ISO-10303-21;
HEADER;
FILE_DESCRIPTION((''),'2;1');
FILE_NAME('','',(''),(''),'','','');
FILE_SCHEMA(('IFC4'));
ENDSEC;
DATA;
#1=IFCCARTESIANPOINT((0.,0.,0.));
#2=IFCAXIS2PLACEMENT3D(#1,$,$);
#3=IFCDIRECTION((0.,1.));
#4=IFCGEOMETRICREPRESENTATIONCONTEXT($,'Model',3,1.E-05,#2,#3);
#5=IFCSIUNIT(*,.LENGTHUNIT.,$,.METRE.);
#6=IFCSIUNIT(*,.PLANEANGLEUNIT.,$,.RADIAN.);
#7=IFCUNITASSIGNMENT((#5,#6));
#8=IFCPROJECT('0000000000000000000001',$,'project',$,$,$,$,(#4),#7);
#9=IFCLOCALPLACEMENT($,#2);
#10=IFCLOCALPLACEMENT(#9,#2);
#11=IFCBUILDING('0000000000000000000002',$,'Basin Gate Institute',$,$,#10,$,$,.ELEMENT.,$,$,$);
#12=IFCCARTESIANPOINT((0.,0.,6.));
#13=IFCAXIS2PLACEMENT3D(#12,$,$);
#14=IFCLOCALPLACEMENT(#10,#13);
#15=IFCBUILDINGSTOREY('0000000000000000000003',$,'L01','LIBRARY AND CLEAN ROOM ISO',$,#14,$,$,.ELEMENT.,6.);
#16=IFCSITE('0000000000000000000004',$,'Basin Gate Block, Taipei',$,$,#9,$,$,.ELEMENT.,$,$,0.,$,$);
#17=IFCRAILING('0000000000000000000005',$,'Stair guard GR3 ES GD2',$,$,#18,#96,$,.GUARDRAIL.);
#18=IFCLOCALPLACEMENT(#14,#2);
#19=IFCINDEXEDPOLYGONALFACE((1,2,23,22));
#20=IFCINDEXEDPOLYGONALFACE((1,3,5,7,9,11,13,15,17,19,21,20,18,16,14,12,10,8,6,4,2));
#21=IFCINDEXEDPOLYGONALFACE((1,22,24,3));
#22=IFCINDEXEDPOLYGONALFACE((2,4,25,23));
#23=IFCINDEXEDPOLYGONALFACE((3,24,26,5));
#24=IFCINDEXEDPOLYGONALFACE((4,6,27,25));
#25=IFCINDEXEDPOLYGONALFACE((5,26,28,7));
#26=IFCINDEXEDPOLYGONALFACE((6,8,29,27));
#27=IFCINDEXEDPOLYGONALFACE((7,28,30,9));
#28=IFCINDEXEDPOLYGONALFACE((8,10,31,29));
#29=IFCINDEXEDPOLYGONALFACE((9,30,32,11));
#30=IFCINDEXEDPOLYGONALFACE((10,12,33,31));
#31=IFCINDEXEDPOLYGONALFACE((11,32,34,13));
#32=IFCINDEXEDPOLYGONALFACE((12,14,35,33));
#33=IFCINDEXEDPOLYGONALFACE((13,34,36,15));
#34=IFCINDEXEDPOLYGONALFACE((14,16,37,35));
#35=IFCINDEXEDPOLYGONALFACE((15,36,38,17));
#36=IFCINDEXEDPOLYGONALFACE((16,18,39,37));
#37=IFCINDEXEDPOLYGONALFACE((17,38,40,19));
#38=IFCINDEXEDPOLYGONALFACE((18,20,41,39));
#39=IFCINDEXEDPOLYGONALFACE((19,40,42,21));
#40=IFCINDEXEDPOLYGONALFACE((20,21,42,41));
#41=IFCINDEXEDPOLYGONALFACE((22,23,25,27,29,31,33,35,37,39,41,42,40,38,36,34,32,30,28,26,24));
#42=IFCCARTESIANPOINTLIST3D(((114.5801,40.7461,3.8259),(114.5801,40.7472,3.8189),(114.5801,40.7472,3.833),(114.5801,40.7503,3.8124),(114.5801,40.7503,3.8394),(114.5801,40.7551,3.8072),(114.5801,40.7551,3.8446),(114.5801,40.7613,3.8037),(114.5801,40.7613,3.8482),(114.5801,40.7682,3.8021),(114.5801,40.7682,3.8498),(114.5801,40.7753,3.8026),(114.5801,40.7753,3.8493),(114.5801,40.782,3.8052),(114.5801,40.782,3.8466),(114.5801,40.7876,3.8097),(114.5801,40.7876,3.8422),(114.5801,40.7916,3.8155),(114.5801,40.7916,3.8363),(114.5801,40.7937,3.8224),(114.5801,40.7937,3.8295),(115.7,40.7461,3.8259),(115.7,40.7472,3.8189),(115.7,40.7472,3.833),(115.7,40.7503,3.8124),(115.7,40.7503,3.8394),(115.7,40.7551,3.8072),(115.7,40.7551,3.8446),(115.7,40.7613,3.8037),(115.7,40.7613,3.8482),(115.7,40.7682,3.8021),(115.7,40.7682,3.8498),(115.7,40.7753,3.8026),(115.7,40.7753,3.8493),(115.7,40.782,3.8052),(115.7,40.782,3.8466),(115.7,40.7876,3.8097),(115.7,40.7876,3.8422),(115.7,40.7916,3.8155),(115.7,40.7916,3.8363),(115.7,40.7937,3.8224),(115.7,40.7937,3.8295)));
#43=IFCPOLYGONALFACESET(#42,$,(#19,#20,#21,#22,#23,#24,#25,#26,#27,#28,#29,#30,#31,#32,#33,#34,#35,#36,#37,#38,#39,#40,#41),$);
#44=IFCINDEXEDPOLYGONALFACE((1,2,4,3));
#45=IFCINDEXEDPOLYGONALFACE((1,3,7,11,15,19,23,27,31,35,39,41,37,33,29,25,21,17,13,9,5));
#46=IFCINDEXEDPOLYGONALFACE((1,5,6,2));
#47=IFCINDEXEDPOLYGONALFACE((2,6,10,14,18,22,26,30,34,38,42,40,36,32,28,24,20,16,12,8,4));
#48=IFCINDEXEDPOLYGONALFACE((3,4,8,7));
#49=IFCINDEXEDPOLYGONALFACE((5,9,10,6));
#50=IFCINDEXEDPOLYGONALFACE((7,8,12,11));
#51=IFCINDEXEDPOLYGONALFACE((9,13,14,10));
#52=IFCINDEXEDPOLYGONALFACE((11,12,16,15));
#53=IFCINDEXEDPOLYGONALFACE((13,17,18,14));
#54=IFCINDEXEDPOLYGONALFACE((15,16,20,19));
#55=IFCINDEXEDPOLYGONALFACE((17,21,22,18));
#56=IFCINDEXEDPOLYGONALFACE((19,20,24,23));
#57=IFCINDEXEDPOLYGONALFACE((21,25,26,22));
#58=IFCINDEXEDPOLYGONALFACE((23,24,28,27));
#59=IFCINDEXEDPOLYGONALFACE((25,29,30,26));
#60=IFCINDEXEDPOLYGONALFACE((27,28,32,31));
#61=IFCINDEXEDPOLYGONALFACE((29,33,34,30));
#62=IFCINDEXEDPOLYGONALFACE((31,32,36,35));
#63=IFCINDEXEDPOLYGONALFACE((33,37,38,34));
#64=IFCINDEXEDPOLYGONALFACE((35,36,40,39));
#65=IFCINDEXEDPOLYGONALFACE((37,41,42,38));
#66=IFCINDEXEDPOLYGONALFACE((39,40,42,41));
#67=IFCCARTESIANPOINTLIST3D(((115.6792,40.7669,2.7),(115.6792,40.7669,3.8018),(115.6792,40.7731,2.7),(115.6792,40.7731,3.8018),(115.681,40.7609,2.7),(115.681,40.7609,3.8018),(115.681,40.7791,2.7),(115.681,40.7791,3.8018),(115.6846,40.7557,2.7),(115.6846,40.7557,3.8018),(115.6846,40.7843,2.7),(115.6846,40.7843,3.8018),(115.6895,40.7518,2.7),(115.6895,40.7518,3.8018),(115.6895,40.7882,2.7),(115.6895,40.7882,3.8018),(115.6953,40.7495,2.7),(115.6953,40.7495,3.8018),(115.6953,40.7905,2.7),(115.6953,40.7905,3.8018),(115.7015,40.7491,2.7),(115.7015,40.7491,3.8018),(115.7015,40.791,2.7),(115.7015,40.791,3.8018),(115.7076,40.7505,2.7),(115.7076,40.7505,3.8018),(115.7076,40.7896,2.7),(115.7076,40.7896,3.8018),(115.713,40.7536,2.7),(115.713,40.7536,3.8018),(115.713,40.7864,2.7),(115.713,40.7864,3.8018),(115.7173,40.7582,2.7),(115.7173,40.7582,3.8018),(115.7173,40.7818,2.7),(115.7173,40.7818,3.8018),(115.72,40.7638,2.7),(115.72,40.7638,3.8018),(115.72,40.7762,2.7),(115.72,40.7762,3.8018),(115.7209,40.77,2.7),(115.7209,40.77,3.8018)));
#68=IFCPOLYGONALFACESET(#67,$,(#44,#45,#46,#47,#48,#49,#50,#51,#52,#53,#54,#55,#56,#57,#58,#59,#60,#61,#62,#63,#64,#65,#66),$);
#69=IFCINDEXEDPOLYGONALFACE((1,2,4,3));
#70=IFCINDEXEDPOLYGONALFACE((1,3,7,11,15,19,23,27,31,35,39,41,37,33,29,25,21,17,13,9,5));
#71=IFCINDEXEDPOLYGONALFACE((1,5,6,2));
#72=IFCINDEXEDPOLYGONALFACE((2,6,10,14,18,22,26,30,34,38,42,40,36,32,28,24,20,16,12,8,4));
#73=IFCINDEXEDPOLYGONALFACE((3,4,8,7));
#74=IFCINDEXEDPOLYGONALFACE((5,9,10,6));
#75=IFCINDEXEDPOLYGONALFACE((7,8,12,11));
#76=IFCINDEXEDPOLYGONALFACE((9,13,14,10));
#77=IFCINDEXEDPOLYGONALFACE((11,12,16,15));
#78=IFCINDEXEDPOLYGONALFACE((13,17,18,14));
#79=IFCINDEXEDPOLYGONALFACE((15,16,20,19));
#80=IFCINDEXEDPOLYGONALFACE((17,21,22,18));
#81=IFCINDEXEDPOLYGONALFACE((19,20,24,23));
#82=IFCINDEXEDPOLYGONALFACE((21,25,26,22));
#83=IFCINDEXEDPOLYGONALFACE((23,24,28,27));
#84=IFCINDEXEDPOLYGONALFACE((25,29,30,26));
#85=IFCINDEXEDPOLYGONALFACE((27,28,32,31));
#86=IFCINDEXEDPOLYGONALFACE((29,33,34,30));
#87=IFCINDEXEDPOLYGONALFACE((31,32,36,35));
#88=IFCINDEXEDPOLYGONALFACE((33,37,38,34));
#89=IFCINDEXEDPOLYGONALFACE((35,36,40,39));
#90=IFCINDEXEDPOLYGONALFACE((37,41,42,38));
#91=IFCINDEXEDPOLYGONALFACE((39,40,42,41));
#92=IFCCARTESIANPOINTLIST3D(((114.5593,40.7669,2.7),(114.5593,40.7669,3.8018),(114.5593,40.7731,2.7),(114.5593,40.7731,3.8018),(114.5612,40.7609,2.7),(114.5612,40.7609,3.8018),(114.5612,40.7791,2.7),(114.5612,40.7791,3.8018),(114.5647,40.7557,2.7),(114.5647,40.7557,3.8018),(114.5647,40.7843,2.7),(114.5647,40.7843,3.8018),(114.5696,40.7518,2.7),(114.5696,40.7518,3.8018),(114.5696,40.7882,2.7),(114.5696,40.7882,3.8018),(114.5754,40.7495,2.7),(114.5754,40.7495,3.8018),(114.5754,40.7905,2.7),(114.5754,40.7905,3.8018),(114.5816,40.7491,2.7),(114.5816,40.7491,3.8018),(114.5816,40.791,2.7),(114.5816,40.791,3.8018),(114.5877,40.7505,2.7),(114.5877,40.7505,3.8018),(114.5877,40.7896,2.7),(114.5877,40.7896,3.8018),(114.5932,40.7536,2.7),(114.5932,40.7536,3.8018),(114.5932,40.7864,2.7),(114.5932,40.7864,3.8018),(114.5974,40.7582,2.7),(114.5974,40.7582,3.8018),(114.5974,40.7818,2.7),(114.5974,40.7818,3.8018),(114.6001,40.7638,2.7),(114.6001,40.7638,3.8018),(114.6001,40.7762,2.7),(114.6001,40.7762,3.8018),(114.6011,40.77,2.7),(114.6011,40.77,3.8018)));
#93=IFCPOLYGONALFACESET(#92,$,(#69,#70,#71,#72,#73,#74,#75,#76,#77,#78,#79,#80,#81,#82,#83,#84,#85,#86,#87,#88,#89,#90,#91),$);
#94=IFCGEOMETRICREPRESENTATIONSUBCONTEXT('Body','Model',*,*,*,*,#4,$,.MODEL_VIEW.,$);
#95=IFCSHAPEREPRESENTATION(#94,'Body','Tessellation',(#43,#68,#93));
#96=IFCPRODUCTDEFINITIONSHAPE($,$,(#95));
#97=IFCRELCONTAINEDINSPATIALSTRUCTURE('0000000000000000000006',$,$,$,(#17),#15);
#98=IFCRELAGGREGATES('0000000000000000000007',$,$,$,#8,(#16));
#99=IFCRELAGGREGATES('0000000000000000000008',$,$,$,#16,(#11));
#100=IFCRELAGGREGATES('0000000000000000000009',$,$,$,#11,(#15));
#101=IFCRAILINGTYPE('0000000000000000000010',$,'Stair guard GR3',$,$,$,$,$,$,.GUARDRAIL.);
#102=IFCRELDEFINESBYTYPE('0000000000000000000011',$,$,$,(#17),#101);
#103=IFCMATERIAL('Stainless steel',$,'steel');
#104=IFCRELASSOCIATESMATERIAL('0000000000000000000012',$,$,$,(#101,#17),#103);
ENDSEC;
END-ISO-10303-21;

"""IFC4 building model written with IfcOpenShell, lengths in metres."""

from ifc_helpers import new_model, si_unit, direction, frame, origin, origin_2d, place, context, subcontext, project, spatial, circle, extrude, material, type_object, element, save


model = new_model("IFC4")

# Units and contexts
model_context = context("Model", 3, precision=1e-05, world=origin(), true_north=direction((0.0, 1.0)))
body_context = subcontext(model_context, "Body", "Model", "MODEL_VIEW")
ifc_project = project(units=[si_unit("LENGTHUNIT", "METRE"), si_unit("PLANEANGLEUNIT", "RADIAN")], contexts=[model_context])

# Site, building, storey
site_placement = place(None, origin())
site = spatial("IfcSite", under=ifc_project, at=site_placement, Name="Basin Gate Block, Taipei", CompositionType="ELEMENT", RefElevation=0.0)
building_placement = place(site_placement, origin())
building = spatial("IfcBuilding", under=site, at=building_placement, Name="Basin Gate Institute", CompositionType="ELEMENT")
storey_placement = place(building_placement, frame((0.0, 0.0, 6.0)))
storey = spatial("IfcBuildingStorey", under=building, at=storey_placement, Name="L01", Description="LIBRARY AND CLEAN ROOM ISO", CompositionType="ELEMENT", Elevation=6.0)

# Railing
ifc_material_1 = material(Name="Stainless steel", Category="steel")
railing_type_1 = type_object("IfcRailingType", Name="Stair guard GR3", PredefinedType="GUARDRAIL", material=ifc_material_1)
railing_1_placement = place(storey_placement, frame((115.7, 40.77, 2.7)))
element("IfcRailing", 1, at=railing_1_placement, inside=storey, type_object=railing_type_1, material=ifc_material_1, Name="Stair guard GR3 ES GD2", PredefinedType="GUARDRAIL", context=body_context, shape_type="SweptSolid", body=[
    extrude(circle(Radius=0.0239, at=origin_2d()), frame((0.0, 0.0, 1.126), z_axis=(-1.0, 0.0, 0.0), x_axis=(0.0, -1.0, 0.0)), (0.0, 0.0, 1.0), 1.1199),
    extrude(circle(Radius=0.021, at=origin_2d()), origin(), (0.0, 0.0, 1.0), 1.1018),
    extrude(circle(Radius=0.021, at=origin_2d()), frame((-1.1199, 0.0, 0.0)), (0.0, 0.0, 1.0), 1.1018),
])

save(model, "model.ifc")
